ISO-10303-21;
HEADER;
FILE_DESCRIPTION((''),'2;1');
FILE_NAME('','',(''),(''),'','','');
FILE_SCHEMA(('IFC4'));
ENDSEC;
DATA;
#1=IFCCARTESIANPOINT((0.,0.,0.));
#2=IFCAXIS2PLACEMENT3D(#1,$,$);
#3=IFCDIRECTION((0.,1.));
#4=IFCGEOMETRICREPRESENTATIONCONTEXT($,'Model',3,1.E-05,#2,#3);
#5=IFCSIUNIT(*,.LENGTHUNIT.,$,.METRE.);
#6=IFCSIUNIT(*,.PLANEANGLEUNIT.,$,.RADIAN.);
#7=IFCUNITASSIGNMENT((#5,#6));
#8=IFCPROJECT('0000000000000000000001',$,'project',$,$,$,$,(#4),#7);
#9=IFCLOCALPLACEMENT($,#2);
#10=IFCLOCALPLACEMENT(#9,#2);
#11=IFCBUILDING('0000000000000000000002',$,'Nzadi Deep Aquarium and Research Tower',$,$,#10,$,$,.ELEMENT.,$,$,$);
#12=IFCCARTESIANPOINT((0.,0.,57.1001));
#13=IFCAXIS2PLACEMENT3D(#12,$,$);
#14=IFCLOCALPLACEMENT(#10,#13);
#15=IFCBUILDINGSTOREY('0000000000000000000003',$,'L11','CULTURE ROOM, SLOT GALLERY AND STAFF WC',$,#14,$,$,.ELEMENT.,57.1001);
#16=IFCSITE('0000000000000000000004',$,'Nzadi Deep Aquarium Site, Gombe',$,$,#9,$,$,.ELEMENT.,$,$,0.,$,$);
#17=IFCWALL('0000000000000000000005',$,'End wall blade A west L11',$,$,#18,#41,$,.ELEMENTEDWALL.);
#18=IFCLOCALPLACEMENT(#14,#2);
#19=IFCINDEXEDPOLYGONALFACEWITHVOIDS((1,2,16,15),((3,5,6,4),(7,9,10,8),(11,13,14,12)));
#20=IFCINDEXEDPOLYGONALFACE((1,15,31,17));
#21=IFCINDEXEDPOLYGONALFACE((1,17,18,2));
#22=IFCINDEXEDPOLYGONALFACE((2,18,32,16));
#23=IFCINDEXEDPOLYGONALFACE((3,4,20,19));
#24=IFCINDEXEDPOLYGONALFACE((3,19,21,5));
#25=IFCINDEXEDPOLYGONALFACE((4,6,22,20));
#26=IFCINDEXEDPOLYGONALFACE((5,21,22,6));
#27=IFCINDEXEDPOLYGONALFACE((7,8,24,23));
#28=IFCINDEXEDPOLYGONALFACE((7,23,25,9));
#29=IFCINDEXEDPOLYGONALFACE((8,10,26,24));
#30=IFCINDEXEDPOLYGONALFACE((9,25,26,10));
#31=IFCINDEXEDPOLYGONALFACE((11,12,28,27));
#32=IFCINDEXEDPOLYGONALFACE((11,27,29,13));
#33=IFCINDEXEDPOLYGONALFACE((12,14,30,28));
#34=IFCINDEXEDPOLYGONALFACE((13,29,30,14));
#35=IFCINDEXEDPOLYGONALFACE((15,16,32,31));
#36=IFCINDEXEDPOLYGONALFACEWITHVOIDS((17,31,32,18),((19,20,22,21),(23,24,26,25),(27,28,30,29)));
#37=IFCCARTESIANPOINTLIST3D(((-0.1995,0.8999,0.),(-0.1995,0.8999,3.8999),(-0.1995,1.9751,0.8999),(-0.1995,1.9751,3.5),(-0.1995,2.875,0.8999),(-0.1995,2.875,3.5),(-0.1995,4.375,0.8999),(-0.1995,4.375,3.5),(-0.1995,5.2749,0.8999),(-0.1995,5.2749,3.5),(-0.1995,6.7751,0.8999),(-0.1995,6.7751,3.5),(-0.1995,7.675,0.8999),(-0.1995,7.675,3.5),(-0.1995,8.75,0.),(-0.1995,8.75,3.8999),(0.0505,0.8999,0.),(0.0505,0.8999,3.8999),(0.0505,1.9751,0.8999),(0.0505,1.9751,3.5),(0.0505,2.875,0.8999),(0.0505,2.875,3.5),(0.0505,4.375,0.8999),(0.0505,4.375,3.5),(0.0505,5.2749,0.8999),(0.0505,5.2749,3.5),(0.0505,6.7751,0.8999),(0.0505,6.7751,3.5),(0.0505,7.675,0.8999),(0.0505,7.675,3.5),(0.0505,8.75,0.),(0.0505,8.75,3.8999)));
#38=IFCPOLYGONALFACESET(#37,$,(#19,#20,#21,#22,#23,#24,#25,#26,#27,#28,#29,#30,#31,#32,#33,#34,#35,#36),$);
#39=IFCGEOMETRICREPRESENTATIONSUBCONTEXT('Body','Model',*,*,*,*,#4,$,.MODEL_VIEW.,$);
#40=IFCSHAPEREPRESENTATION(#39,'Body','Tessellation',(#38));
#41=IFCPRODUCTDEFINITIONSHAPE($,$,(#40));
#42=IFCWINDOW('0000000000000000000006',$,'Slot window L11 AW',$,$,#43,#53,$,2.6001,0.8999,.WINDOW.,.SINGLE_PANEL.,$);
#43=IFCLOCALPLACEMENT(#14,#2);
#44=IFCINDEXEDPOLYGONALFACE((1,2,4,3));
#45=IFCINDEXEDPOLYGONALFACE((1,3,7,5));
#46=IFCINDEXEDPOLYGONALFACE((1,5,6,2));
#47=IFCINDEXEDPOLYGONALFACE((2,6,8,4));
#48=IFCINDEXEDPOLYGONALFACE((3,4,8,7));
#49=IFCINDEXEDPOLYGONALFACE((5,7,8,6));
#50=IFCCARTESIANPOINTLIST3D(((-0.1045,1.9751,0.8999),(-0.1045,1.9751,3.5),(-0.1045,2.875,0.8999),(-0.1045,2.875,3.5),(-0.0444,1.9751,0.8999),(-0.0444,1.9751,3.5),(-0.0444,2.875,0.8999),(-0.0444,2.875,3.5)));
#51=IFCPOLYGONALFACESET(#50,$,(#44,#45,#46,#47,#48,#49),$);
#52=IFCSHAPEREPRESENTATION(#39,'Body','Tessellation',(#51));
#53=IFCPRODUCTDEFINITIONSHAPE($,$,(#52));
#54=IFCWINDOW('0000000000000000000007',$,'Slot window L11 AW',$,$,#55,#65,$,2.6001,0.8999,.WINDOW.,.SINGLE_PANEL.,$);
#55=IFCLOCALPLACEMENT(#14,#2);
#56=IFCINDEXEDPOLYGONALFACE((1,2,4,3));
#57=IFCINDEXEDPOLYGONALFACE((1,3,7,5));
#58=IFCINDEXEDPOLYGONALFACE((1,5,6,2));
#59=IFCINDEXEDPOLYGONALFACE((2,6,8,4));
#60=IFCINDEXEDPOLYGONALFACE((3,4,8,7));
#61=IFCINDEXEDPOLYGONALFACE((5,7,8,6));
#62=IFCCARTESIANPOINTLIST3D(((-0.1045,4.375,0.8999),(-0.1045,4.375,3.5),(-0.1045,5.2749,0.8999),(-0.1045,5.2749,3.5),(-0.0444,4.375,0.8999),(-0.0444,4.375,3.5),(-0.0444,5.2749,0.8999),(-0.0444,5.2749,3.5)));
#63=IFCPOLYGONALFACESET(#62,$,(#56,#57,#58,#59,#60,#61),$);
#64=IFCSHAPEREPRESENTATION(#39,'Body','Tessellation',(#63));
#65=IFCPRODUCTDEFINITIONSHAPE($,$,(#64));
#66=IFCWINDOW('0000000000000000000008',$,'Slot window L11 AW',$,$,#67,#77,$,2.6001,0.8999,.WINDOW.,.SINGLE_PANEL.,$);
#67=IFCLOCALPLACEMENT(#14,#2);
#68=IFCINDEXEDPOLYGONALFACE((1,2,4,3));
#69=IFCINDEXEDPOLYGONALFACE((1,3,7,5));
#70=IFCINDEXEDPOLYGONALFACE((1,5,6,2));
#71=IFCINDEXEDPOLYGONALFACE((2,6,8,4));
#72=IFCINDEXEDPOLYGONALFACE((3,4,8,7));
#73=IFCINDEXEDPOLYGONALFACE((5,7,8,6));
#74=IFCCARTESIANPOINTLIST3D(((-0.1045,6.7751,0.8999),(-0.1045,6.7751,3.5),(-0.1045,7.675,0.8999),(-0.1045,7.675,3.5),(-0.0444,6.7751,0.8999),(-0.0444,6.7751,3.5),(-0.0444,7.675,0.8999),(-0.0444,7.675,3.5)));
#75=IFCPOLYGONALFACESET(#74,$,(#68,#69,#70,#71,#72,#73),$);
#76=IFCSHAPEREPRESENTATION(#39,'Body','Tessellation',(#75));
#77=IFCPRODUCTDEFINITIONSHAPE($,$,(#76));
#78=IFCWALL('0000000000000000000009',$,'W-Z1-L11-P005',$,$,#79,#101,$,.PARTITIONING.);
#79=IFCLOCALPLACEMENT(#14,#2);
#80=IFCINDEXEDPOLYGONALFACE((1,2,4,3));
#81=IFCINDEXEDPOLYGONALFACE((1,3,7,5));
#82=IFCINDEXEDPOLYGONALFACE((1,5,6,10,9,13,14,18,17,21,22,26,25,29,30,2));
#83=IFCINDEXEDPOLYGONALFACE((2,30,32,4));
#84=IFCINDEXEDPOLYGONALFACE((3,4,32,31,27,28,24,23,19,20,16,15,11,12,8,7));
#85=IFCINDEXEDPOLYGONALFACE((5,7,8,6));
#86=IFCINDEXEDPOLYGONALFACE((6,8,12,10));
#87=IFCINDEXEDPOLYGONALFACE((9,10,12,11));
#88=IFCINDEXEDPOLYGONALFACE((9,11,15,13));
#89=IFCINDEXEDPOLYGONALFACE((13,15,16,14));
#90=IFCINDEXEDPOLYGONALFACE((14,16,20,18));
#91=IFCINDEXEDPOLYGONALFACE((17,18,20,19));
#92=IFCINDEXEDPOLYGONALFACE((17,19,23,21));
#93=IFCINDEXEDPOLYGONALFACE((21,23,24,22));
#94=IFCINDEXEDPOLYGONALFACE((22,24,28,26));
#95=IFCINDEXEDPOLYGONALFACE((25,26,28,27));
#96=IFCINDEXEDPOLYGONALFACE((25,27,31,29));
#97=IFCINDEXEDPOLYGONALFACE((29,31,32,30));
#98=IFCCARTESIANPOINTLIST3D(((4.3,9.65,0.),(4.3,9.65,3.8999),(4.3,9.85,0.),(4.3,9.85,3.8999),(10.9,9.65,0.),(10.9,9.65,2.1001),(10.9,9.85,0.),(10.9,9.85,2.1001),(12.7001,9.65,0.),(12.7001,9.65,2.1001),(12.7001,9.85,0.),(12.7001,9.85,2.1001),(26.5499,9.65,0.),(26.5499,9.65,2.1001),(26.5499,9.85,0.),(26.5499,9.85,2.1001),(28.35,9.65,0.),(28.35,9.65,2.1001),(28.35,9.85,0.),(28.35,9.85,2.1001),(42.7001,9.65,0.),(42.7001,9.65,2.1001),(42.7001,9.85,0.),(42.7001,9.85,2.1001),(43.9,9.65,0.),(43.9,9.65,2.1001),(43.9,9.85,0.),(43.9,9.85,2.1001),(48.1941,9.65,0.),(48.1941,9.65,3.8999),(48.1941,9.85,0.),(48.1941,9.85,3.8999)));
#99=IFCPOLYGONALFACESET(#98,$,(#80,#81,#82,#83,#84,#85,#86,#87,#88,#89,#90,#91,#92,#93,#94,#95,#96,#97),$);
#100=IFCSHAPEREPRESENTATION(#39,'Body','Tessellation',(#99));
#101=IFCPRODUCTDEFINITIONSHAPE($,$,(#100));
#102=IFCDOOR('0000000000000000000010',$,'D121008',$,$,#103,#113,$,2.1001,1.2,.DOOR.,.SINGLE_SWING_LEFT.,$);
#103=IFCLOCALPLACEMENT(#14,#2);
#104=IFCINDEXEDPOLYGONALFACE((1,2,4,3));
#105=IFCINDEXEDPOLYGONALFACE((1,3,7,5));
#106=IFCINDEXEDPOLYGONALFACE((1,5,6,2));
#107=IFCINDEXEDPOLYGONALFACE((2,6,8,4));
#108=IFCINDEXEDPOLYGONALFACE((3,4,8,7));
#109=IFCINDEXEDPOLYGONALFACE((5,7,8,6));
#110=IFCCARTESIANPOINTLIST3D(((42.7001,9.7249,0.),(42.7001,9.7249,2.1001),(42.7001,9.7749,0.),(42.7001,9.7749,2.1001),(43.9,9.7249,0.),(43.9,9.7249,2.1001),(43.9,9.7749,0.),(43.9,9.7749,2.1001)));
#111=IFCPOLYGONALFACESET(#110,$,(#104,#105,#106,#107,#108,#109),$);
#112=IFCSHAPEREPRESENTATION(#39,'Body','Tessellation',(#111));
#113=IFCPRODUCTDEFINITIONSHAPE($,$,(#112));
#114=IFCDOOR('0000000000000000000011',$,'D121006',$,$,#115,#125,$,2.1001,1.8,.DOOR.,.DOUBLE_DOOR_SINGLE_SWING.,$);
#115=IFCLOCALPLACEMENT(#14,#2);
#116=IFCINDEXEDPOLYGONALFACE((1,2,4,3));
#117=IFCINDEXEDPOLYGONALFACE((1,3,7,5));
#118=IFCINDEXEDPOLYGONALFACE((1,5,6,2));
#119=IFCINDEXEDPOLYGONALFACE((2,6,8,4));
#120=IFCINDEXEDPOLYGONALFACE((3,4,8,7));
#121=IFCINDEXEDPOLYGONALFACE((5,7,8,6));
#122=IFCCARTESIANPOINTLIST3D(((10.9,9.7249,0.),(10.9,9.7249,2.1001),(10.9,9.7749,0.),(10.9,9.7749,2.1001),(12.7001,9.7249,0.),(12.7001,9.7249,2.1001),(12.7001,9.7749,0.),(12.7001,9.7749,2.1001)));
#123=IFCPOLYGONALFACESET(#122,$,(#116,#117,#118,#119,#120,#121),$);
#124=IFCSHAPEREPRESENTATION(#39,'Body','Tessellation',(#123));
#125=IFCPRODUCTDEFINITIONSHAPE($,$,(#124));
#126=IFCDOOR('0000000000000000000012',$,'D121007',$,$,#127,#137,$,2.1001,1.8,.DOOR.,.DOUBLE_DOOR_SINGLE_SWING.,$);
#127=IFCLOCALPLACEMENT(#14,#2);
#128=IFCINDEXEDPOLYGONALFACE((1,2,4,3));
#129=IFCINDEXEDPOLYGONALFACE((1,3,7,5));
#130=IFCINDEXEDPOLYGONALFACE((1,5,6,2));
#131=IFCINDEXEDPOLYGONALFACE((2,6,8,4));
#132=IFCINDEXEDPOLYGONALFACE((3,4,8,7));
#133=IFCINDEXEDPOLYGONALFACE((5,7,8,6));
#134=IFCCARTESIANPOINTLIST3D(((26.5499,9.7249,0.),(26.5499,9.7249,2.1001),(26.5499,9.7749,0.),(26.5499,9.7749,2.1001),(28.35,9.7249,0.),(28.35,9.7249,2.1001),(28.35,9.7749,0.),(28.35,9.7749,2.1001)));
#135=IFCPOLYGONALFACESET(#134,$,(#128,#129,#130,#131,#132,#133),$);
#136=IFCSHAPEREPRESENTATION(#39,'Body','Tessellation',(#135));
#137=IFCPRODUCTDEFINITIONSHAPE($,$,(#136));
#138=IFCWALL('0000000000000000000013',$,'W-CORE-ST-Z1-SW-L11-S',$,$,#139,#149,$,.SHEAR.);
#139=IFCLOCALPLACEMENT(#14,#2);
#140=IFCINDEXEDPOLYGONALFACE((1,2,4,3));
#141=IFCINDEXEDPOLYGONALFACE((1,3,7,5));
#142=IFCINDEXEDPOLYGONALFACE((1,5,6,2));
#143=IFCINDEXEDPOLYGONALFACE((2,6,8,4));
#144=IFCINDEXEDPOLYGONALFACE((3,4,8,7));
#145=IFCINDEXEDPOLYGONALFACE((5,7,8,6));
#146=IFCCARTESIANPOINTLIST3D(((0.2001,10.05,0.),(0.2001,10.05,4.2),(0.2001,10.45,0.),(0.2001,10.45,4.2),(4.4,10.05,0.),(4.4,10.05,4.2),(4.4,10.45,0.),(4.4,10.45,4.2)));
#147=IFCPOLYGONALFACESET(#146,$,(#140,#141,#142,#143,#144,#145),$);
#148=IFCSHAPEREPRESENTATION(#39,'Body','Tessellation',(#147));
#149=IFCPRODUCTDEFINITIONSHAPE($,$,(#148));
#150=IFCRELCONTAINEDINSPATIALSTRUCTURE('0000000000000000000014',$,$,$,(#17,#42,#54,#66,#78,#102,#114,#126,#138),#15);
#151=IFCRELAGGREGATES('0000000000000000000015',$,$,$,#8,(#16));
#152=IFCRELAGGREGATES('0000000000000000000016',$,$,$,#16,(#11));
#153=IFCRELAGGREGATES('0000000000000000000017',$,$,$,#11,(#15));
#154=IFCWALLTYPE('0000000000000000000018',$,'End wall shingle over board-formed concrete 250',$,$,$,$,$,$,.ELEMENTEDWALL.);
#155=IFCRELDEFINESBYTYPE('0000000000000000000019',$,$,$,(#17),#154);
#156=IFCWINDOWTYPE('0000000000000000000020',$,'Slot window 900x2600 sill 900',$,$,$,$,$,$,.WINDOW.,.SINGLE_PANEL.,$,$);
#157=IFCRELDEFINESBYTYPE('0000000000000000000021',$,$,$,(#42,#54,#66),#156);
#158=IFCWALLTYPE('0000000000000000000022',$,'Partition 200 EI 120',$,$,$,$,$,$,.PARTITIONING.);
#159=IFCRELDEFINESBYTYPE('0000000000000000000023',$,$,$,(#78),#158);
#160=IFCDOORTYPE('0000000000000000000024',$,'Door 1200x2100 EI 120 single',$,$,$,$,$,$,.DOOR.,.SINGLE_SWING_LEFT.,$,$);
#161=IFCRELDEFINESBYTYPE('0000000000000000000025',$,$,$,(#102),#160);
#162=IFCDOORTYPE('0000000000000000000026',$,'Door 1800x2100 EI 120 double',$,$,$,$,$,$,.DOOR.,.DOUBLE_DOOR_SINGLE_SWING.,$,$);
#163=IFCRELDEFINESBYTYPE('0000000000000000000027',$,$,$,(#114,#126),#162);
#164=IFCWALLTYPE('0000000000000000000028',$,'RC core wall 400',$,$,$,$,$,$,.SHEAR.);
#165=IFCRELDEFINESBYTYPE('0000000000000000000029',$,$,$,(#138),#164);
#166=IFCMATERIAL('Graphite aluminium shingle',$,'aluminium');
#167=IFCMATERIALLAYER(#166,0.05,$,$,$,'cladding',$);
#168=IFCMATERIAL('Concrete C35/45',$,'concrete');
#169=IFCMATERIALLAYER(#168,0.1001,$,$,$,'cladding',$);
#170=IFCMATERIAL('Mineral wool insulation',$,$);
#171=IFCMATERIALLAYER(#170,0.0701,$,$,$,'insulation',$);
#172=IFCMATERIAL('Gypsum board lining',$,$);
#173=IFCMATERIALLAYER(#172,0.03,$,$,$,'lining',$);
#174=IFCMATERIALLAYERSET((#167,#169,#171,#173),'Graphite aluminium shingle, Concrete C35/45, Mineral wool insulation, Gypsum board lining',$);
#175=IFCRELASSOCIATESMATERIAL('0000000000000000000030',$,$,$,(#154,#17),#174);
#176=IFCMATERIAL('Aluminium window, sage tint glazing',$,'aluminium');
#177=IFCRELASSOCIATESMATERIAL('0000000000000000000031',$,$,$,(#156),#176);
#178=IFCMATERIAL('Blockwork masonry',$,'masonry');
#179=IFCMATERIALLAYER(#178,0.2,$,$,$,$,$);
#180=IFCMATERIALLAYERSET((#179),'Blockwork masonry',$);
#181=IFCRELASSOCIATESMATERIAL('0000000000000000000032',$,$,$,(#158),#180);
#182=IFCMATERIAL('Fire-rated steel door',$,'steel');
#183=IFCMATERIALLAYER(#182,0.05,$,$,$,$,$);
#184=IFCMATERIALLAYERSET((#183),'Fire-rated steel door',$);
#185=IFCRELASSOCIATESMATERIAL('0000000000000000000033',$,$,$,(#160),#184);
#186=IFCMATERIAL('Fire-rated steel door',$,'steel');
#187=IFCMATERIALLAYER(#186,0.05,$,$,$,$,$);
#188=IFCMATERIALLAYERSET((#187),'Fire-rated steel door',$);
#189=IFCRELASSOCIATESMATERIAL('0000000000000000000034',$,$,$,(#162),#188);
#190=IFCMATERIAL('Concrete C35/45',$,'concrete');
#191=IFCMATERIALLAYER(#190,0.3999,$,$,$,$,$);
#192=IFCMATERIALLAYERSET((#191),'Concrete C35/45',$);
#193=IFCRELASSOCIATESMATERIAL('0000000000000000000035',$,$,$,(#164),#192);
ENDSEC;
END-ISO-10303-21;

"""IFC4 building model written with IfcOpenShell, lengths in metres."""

from ifc_helpers import new_model, si_unit, direction, frame, frame_2d, origin, place, context, subcontext, project, spatial, rectangle, extrude, material, layer, layer_set, layer_usage, type_object, element, fill, save


model = new_model("IFC4")

# Units and contexts
model_context = context("Model", 3, precision=1e-05, world=origin(), true_north=direction((0.0, 1.0)))
body_context = subcontext(model_context, "Body", "Model", "MODEL_VIEW")
ifc_project = project(units=[si_unit("LENGTHUNIT", "METRE"), si_unit("PLANEANGLEUNIT", "RADIAN")], contexts=[model_context])

# Site, building, storey
site_placement = place(None, origin())
site = spatial("IfcSite", under=ifc_project, at=site_placement, Name="Nzadi Deep Aquarium Site, Gombe", CompositionType="ELEMENT", RefElevation=0.0)
building_placement = place(site_placement, origin())
building = spatial("IfcBuilding", under=site, at=building_placement, Name="Nzadi Deep Aquarium and Research Tower", CompositionType="ELEMENT")
storey_placement = place(building_placement, frame((0.0, 0.0, 57.1001)))
storey = spatial("IfcBuildingStorey", under=building, at=storey_placement, Name="L11", Description="CULTURE ROOM, SLOT GALLERY AND STAFF WC", CompositionType="ELEMENT", Elevation=57.1001)

# Shared definitions
ifc_material_1 = material(Name="Concrete C35/45", Category="concrete")
ifc_material_2 = material(Name="Mineral wool insulation")
ifc_material_3 = material(Name="Gypsum board lining")

# Wall, openings, windows
ifc_material_4 = material(Name="Graphite aluminium shingle", Category="aluminium")
ifc_layer_1 = layer(ifc_material_4, 0.05, Category="cladding")
ifc_layer_2 = layer(ifc_material_1, 0.1001, Category="cladding")
ifc_layer_3 = layer(ifc_material_2, 0.0701, Category="insulation")
ifc_layer_4 = layer(ifc_material_3, 0.03, Category="lining")
ifc_layer_set_1 = layer_set([ifc_layer_1, ifc_layer_2, ifc_layer_3, ifc_layer_4], Name="Graphite aluminium shingle, Concrete C35/45, Mineral wool insulation, Gypsum board lining")
ifc_layer_usage_1 = layer_usage(ifc_layer_set_1, "AXIS2", "POSITIVE", -0.125)
wall_type_1 = type_object("IfcWallType", Name="End wall shingle over board-formed concrete 250", PredefinedType="ELEMENTEDWALL", material=ifc_layer_set_1)
wall_1_placement = place(storey_placement, frame((-0.0745, 8.75, 0.0), z_axis=(0.0, 0.0, 1.0), x_axis=(0.0, -1.0, 0.0)))
wall_1 = element("IfcWall", 1, at=wall_1_placement, inside=storey, type_object=wall_type_1, material=ifc_layer_usage_1, Name="End wall blade A west L11", PredefinedType="ELEMENTEDWALL", context=body_context, shape_type="SweptSolid", body=[
    extrude(rectangle(XDim=7.8501, YDim=0.25, at=frame_2d((3.925, 0.0))), origin(), (0.0, 0.0, 1.0), 3.8999),
])
opening_1_placement = place(wall_1_placement, frame((5.875, 0.0, 0.8999)))
opening_1 = element("IfcOpeningElement", 2, at=opening_1_placement, cuts=wall_1, PredefinedType="OPENING", context=body_context, shape_type="SweptSolid", body=[
    extrude(rectangle(XDim=0.8999, YDim=2.6001, at=frame_2d((0.45, 1.3))), frame((0.0, 0.135, 0.0), z_axis=(0.0, -1.0, 0.0), x_axis=(1.0, 0.0, 0.0)), (0.0, 0.0, 1.0), 0.27),
])
opening_2_placement = place(wall_1_placement, frame((3.4751, 0.0, 0.8999)))
opening_2 = element("IfcOpeningElement", 3, at=opening_2_placement, cuts=wall_1, PredefinedType="OPENING", context=body_context, shape_type="SweptSolid", body=[
    extrude(rectangle(XDim=0.8999, YDim=2.6001, at=frame_2d((0.45, 1.3))), frame((0.0, 0.135, 0.0), z_axis=(0.0, -1.0, 0.0), x_axis=(1.0, 0.0, 0.0)), (0.0, 0.0, 1.0), 0.27),
])
opening_3_placement = place(wall_1_placement, frame((1.075, 0.0, 0.8999)))
opening_3 = element("IfcOpeningElement", 4, at=opening_3_placement, cuts=wall_1, PredefinedType="OPENING", context=body_context, shape_type="SweptSolid", body=[
    extrude(rectangle(XDim=0.8999, YDim=2.6001, at=frame_2d((0.45, 1.3))), frame((0.0, 0.135, 0.0), z_axis=(0.0, -1.0, 0.0), x_axis=(1.0, 0.0, 0.0)), (0.0, 0.0, 1.0), 0.27),
])
ifc_material_5 = material(Name="Aluminium window, sage tint glazing", Category="aluminium")
window_type = type_object("IfcWindowType", Name="Slot window 900x2600 sill 900", PartitioningType="SINGLE_PANEL", PredefinedType="WINDOW", material=ifc_material_5)
window_1_placement = place(opening_1_placement, origin())
window_1 = element("IfcWindow", 5, at=window_1_placement, inside=storey, type_object=window_type, Name="Slot window L11 AW", OverallHeight=2.6001, OverallWidth=0.8999, PartitioningType="SINGLE_PANEL", PredefinedType="WINDOW", context=body_context, shape_type="SweptSolid", body=[
    extrude(rectangle(XDim=0.8999, YDim=2.6001, at=frame_2d((0.45, 1.3))), frame((0.0, 0.03, 0.0), z_axis=(0.0, -1.0, 0.0), x_axis=(1.0, 0.0, 0.0)), (0.0, 0.0, 1.0), 0.0601),
])
fill(opening_1, window_1)
window_2_placement = place(opening_2_placement, origin())
window_2 = element("IfcWindow", 6, at=window_2_placement, inside=storey, type_object=window_type, Name="Slot window L11 AW", OverallHeight=2.6001, OverallWidth=0.8999, PartitioningType="SINGLE_PANEL", PredefinedType="WINDOW", context=body_context, shape_type="SweptSolid", body=[
    extrude(rectangle(XDim=0.8999, YDim=2.6001, at=frame_2d((0.45, 1.3))), frame((0.0, 0.03, 0.0), z_axis=(0.0, -1.0, 0.0), x_axis=(1.0, 0.0, 0.0)), (0.0, 0.0, 1.0), 0.0601),
])
fill(opening_2, window_2)
window_3_placement = place(opening_3_placement, origin())
window_3 = element("IfcWindow", 7, at=window_3_placement, inside=storey, type_object=window_type, Name="Slot window L11 AW", OverallHeight=2.6001, OverallWidth=0.8999, PartitioningType="SINGLE_PANEL", PredefinedType="WINDOW", context=body_context, shape_type="SweptSolid", body=[
    extrude(rectangle(XDim=0.8999, YDim=2.6001, at=frame_2d((0.45, 1.3))), frame((0.0, 0.03, 0.0), z_axis=(0.0, -1.0, 0.0), x_axis=(1.0, 0.0, 0.0)), (0.0, 0.0, 1.0), 0.0601),
])
fill(opening_3, window_3)

# Wall, openings, doors
ifc_material_6 = material(Name="Blockwork masonry", Category="masonry")
ifc_layer_5 = layer(ifc_material_6, 0.2)
ifc_layer_set_2 = layer_set([ifc_layer_5], Name="Blockwork masonry")
wall_type_2 = type_object("IfcWallType", Name="Partition 200 EI 120", PredefinedType="PARTITIONING", material=ifc_layer_set_2)
wall_2_placement = place(storey_placement, frame((4.3, 9.75, 0.0), z_axis=(0.0, 0.0, 1.0), x_axis=(1.0, 0.0, 0.0)))
wall_2 = element("IfcWall", 8, at=wall_2_placement, inside=storey, type_object=wall_type_2, Name="W-Z1-L11-P005", PredefinedType="PARTITIONING", context=body_context, shape_type="SweptSolid", body=[
    extrude(rectangle(XDim=43.894, YDim=0.2, at=frame_2d((21.947, 0.0))), origin(), (0.0, 0.0, 1.0), 3.8999),
])
opening_4_placement = place(wall_2_placement, frame((6.6001, 0.0, 0.0)))
opening_4 = element("IfcOpeningElement", 9, at=opening_4_placement, cuts=wall_2, PredefinedType="OPENING", context=body_context, shape_type="SweptSolid", body=[
    extrude(rectangle(XDim=1.8, YDim=2.1001, at=frame_2d((0.8999, 1.05))), frame((0.0, 0.1101, 0.0), z_axis=(0.0, -1.0, 0.0), x_axis=(1.0, 0.0, 0.0)), (0.0, 0.0, 1.0), 0.2202),
])
opening_5_placement = place(wall_2_placement, frame((22.25, 0.0, 0.0)))
opening_5 = element("IfcOpeningElement", 10, at=opening_5_placement, cuts=wall_2, PredefinedType="OPENING", context=body_context, shape_type="SweptSolid", body=[
    extrude(rectangle(XDim=1.8, YDim=2.1001, at=frame_2d((0.8999, 1.05))), frame((0.0, 0.1101, 0.0), z_axis=(0.0, -1.0, 0.0), x_axis=(1.0, 0.0, 0.0)), (0.0, 0.0, 1.0), 0.2202),
])
opening_6_placement = place(wall_2_placement, frame((38.3999, 0.0, 0.0)))
opening_6 = element("IfcOpeningElement", 11, at=opening_6_placement, cuts=wall_2, PredefinedType="OPENING", context=body_context, shape_type="SweptSolid", body=[
    extrude(rectangle(XDim=1.2, YDim=2.1001, at=frame_2d((0.6001, 1.05))), frame((0.0, 0.1101, 0.0), z_axis=(0.0, -1.0, 0.0), x_axis=(1.0, 0.0, 0.0)), (0.0, 0.0, 1.0), 0.2202),
])
ifc_material_7 = material(Name="Fire-rated steel door", Category="steel")
ifc_layer_6 = layer(ifc_material_7, 0.05)
ifc_layer_set_3 = layer_set([ifc_layer_6], Name="Fire-rated steel door")
door_type_1 = type_object("IfcDoorType", Name="Door 1200x2100 EI 120 single", OperationType="SINGLE_SWING_LEFT", PredefinedType="DOOR", material=ifc_layer_set_3)
door_1_placement = place(opening_6_placement, origin())
door_1 = element("IfcDoor", 12, at=door_1_placement, inside=storey, type_object=door_type_1, Name="D121008", OperationType="SINGLE_SWING_LEFT", OverallHeight=2.1001, OverallWidth=1.2, PredefinedType="DOOR", context=body_context, shape_type="SweptSolid", body=[
    extrude(rectangle(XDim=1.2, YDim=2.1001, at=frame_2d((0.6001, 1.05))), frame((0.0, 0.0249, 0.0), z_axis=(0.0, -1.0, 0.0), x_axis=(1.0, 0.0, 0.0)), (0.0, 0.0, 1.0), 0.05),
])
fill(opening_6, door_1)
ifc_material_8 = material(Name="Fire-rated steel door", Category="steel")
ifc_layer_7 = layer(ifc_material_8, 0.05)
ifc_layer_set_4 = layer_set([ifc_layer_7], Name="Fire-rated steel door")
door_type_2 = type_object("IfcDoorType", Name="Door 1800x2100 EI 120 double", OperationType="DOUBLE_DOOR_SINGLE_SWING", PredefinedType="DOOR", material=ifc_layer_set_4)
door_2_placement = place(opening_4_placement, origin())
door_2 = element("IfcDoor", 13, at=door_2_placement, inside=storey, type_object=door_type_2, Name="D121006", OperationType="DOUBLE_DOOR_SINGLE_SWING", OverallHeight=2.1001, OverallWidth=1.8, PredefinedType="DOOR", context=body_context, shape_type="SweptSolid", body=[
    extrude(rectangle(XDim=1.8, YDim=2.1001, at=frame_2d((0.8999, 1.05))), frame((0.0, 0.0249, 0.0), z_axis=(0.0, -1.0, 0.0), x_axis=(1.0, 0.0, 0.0)), (0.0, 0.0, 1.0), 0.05),
])
fill(opening_4, door_2)
door_3_placement = place(opening_5_placement, origin())
door_3 = element("IfcDoor", 14, at=door_3_placement, inside=storey, type_object=door_type_2, Name="D121007", OperationType="DOUBLE_DOOR_SINGLE_SWING", OverallHeight=2.1001, OverallWidth=1.8, PredefinedType="DOOR", context=body_context, shape_type="SweptSolid", body=[
    extrude(rectangle(XDim=1.8, YDim=2.1001, at=frame_2d((0.8999, 1.05))), frame((0.0, 0.0249, 0.0), z_axis=(0.0, -1.0, 0.0), x_axis=(1.0, 0.0, 0.0)), (0.0, 0.0, 1.0), 0.05),
])
fill(opening_5, door_3)

# Wall
ifc_material_9 = material(Name="Concrete C35/45", Category="concrete")
ifc_layer_8 = layer(ifc_material_9, 0.3999)
ifc_layer_set_5 = layer_set([ifc_layer_8], Name="Concrete C35/45")
wall_type_3 = type_object("IfcWallType", Name="RC core wall 400", PredefinedType="SHEAR", material=ifc_layer_set_5)
wall_3_placement = place(storey_placement, frame((0.2, 10.25, 0.0), z_axis=(0.0, 0.0, 1.0), x_axis=(1.0, 0.0, 0.0)))
element("IfcWall", 15, at=wall_3_placement, inside=storey, type_object=wall_type_3, Name="W-CORE-ST-Z1-SW-L11-S", PredefinedType="SHEAR", context=body_context, shape_type="SweptSolid", body=[
    extrude(rectangle(XDim=4.2, YDim=0.3999, at=frame_2d((2.1001, 0.0))), origin(), (0.0, 0.0, 1.0), 4.2),
])

save(model, "model.ifc")
